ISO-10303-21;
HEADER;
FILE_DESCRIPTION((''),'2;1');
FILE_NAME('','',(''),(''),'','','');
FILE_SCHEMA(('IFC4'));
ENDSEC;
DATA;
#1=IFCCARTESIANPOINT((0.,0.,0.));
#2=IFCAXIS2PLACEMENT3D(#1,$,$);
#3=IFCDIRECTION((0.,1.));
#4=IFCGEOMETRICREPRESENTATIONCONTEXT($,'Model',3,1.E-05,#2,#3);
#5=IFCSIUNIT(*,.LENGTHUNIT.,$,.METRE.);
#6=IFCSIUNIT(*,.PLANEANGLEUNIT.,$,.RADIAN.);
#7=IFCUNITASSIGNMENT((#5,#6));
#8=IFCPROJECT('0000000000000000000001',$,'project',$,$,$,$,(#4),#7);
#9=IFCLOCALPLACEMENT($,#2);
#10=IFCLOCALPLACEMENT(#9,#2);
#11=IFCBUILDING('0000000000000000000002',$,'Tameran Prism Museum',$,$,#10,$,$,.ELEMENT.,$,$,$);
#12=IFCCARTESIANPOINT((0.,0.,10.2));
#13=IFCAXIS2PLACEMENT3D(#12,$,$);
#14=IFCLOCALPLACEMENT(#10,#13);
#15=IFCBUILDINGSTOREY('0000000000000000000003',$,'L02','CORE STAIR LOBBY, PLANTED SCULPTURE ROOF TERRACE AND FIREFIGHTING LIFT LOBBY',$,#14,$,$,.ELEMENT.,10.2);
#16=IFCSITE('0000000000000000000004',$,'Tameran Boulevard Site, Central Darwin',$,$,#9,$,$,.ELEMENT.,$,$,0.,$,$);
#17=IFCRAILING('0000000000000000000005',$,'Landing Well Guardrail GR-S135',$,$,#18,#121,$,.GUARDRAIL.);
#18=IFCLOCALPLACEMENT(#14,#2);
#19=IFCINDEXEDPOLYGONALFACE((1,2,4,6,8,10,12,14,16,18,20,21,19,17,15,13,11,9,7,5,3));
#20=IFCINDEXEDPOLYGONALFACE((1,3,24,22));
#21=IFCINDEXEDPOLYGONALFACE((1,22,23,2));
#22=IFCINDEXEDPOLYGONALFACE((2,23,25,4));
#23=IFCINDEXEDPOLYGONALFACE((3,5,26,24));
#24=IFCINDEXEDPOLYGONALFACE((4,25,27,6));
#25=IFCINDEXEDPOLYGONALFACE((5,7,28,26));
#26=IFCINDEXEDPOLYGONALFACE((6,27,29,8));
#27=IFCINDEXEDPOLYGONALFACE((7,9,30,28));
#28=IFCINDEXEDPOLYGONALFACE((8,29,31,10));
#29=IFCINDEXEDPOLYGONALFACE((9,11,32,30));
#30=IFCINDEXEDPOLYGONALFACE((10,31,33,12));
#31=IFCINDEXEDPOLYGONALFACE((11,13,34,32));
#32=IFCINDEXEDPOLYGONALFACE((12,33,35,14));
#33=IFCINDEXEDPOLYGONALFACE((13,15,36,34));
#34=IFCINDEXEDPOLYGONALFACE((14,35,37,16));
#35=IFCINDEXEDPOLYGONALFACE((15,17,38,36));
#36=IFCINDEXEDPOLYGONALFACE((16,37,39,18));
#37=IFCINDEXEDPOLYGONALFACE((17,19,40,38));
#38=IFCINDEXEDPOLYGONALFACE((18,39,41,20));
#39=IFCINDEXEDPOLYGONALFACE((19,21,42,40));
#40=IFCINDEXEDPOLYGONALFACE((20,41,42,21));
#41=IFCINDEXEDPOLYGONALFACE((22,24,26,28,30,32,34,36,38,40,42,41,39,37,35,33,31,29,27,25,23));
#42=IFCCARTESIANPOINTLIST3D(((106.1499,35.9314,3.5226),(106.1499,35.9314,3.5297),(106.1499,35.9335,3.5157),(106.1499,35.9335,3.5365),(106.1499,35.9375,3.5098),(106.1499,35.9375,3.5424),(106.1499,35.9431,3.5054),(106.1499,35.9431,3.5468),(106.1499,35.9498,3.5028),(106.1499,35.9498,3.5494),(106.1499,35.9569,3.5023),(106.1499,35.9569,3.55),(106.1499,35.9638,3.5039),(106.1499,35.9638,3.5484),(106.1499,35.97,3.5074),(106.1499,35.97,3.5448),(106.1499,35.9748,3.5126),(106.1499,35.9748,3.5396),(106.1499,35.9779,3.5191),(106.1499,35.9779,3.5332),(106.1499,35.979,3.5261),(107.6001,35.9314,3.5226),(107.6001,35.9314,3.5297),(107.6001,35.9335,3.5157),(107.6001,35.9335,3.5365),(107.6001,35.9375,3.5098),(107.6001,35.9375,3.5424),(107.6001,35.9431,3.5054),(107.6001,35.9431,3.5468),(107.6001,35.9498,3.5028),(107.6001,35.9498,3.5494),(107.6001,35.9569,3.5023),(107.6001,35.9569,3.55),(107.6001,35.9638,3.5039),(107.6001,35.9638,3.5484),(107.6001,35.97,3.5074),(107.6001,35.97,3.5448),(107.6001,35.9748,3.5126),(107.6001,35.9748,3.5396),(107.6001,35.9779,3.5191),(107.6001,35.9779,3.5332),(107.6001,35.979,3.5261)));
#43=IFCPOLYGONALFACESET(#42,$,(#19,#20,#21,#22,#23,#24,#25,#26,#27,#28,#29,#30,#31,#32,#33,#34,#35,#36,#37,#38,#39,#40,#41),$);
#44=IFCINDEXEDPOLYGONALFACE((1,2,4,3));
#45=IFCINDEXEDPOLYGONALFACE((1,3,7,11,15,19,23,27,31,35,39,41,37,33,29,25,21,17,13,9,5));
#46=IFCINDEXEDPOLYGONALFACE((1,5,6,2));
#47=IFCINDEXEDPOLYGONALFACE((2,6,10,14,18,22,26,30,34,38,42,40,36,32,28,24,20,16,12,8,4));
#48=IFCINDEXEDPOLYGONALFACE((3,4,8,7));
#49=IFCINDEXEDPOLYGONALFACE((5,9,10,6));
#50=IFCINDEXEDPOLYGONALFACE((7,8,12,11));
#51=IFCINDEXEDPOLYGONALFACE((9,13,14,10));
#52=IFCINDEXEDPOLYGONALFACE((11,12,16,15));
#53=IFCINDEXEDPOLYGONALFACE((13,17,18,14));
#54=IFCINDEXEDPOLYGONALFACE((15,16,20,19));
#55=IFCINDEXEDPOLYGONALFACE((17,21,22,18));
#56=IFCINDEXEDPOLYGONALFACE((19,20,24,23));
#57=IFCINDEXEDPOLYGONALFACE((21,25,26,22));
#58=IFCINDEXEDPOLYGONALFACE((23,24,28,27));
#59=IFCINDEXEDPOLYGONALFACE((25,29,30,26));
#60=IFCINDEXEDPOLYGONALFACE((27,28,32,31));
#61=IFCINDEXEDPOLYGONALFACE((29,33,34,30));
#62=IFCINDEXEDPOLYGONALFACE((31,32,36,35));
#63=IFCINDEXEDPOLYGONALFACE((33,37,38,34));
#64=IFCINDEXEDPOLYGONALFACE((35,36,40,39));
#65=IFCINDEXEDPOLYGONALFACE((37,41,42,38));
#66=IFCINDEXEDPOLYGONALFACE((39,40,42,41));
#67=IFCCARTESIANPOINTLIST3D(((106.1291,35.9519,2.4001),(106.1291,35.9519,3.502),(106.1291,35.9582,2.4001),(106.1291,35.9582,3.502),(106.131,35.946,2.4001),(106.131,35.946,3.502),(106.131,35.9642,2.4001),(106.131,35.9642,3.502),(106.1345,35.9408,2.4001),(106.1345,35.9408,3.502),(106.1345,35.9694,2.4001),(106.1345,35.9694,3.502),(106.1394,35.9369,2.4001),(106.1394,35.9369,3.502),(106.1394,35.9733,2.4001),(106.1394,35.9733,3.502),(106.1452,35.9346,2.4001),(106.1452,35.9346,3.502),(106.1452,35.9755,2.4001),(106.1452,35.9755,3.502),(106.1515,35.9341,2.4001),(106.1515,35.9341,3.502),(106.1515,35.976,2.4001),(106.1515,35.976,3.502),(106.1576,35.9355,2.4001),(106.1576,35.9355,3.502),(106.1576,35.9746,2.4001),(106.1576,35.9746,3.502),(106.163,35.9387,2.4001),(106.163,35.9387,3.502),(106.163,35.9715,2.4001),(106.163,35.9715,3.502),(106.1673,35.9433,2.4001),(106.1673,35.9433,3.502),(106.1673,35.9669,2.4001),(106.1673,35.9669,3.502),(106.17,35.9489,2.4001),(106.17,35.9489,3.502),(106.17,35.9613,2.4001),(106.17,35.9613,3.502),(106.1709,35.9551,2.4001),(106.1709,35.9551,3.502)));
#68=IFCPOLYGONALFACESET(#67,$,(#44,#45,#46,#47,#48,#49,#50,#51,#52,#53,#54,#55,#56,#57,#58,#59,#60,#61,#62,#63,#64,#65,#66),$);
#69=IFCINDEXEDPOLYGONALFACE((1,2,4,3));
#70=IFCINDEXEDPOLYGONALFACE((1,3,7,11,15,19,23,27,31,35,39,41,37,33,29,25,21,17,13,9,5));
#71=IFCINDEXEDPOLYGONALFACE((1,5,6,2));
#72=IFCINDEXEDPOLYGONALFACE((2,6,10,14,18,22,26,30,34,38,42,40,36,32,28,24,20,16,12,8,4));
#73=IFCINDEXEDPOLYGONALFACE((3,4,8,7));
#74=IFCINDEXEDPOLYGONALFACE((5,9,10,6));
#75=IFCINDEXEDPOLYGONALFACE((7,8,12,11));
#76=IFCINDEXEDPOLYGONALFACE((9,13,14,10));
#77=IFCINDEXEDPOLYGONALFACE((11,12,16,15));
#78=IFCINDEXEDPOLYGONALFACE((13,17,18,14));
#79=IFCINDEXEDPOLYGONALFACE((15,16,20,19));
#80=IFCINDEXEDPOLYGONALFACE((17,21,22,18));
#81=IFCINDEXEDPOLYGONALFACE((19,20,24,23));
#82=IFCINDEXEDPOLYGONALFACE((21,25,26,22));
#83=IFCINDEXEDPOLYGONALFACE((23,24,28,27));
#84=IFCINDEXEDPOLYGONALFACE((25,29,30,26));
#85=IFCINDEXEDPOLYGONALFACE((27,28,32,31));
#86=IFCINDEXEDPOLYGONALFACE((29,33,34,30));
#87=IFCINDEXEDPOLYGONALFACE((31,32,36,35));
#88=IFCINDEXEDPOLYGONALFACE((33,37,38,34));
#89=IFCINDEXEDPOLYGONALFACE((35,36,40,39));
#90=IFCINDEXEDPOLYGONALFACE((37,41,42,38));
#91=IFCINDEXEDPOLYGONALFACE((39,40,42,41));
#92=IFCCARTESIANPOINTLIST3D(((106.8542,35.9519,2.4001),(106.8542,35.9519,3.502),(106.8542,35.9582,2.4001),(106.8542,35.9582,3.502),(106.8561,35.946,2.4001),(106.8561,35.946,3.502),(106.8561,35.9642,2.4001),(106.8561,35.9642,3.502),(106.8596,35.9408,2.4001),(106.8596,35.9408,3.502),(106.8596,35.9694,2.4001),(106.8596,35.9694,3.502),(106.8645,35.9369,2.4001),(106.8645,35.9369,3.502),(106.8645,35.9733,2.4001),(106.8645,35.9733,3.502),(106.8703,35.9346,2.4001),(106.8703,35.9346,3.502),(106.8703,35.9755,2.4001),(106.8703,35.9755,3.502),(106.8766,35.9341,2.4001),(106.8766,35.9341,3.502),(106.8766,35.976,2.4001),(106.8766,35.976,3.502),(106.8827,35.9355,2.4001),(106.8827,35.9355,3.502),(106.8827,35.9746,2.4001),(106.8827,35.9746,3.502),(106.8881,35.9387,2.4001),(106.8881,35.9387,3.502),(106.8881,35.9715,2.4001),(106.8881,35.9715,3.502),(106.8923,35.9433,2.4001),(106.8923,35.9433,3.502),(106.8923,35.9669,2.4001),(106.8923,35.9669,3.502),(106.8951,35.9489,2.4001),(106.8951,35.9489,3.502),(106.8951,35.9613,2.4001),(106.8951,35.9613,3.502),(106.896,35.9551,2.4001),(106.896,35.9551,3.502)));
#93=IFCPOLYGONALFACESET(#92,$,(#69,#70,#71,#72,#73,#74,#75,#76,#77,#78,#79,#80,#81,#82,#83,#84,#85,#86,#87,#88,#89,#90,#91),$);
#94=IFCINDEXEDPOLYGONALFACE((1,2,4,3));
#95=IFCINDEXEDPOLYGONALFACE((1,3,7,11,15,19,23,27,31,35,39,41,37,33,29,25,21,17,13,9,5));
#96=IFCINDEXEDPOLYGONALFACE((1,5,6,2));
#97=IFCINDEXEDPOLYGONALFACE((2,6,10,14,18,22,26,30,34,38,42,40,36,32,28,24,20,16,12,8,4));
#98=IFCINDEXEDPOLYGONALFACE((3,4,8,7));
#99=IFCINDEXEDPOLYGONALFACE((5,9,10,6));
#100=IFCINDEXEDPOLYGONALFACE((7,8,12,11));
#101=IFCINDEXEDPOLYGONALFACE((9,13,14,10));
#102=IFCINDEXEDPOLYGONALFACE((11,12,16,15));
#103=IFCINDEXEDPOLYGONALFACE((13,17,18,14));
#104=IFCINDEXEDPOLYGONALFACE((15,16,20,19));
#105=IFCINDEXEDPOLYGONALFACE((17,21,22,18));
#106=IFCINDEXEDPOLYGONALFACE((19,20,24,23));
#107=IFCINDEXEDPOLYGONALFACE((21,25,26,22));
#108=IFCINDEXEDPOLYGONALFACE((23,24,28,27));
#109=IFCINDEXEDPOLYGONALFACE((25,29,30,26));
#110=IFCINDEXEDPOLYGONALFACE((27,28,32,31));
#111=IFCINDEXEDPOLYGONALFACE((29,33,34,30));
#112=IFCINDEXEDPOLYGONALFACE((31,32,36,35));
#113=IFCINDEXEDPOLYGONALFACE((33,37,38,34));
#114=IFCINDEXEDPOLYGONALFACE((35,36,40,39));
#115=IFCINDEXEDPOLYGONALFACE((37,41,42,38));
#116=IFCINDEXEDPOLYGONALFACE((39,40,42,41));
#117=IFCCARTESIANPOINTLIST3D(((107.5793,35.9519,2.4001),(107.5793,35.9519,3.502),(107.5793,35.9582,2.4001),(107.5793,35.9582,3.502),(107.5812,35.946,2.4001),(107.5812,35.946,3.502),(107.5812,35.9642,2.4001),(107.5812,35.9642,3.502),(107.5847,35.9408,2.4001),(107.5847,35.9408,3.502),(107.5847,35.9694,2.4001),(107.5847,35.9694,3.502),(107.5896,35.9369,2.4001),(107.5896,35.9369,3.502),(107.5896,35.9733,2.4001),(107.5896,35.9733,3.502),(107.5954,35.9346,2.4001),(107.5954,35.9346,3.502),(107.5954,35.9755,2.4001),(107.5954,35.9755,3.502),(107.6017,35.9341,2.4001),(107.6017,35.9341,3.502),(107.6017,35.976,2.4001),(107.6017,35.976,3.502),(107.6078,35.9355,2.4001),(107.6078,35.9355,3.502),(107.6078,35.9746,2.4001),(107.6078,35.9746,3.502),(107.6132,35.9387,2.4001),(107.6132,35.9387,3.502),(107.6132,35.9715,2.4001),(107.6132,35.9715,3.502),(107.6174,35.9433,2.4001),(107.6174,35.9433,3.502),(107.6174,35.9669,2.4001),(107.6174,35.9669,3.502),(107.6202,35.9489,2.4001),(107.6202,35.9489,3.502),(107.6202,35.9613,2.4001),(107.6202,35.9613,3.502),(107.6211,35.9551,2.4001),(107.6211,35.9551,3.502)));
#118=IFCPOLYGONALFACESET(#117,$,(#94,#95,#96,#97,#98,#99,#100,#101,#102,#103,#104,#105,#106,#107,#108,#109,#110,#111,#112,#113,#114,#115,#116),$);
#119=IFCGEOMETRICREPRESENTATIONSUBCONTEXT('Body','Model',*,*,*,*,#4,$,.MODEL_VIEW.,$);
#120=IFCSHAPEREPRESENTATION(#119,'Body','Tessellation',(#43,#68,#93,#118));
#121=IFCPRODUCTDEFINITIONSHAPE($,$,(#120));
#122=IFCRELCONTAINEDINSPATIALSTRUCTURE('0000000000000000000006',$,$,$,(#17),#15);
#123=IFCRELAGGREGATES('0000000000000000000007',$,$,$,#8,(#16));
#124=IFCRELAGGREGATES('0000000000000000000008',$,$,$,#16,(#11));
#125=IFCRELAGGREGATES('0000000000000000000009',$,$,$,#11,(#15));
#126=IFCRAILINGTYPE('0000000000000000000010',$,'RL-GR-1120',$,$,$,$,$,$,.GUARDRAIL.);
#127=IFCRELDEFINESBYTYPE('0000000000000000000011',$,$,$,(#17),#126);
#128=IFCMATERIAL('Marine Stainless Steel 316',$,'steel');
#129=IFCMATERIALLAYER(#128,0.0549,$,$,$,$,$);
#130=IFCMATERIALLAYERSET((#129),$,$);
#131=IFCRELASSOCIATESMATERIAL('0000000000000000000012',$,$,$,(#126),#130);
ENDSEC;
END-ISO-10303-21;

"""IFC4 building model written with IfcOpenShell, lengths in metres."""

from ifc_helpers import new_model, si_unit, direction, frame, origin, origin_2d, place, context, subcontext, project, spatial, circle, extrude, material, layer, layer_set, type_object, element, save


model = new_model("IFC4")

# Units and contexts
model_context = context("Model", 3, precision=1e-05, world=origin(), true_north=direction((0.0, 1.0)))
body_context = subcontext(model_context, "Body", "Model", "MODEL_VIEW")
ifc_project = project(units=[si_unit("LENGTHUNIT", "METRE"), si_unit("PLANEANGLEUNIT", "RADIAN")], contexts=[model_context])

# Site, building, storey
site_placement = place(None, origin())
site = spatial("IfcSite", under=ifc_project, at=site_placement, Name="Tameran Boulevard Site, Central Darwin", CompositionType="ELEMENT", RefElevation=0.0)
building_placement = place(site_placement, origin())
building = spatial("IfcBuilding", under=site, at=building_placement, Name="Tameran Prism Museum", CompositionType="ELEMENT")
storey_placement = place(building_placement, frame((0.0, 0.0, 10.2)))
storey = spatial("IfcBuildingStorey", under=building, at=storey_placement, Name="L02", Description="CORE STAIR LOBBY, PLANTED SCULPTURE ROOF TERRACE AND FIREFIGHTING LIFT LOBBY", CompositionType="ELEMENT", Elevation=10.2)

# Railing
ifc_material_1 = material(Name="Marine Stainless Steel 316", Category="steel")
ifc_layer_1 = layer(ifc_material_1, 0.0549)
ifc_layer_set_1 = layer_set([ifc_layer_1])
railing_type_1 = type_object("IfcRailingType", Name="RL-GR-1120", PredefinedType="GUARDRAIL", material=ifc_layer_set_1)
railing_1_placement = place(storey_placement, frame((106.1499, 35.9551, 2.4001)))
element("IfcRailing", 1, at=railing_1_placement, inside=storey, type_object=railing_type_1, Name="Landing Well Guardrail GR-S135", PredefinedType="GUARDRAIL", context=body_context, shape_type="SweptSolid", body=[
    extrude(circle(Radius=0.0239, at=origin_2d()), frame((0.0, 0.0, 1.126), z_axis=(1.0, 0.0, 0.0), x_axis=(0.0, 1.0, 0.0)), (0.0, 0.0, 1.0), 1.4502),
    extrude(circle(Radius=0.021, at=origin_2d()), origin(), (0.0, 0.0, 1.0), 1.1018),
    extrude(circle(Radius=0.021, at=origin_2d()), frame((0.7251, 0.0, 0.0)), (0.0, 0.0, 1.0), 1.1018),
    extrude(circle(Radius=0.021, at=origin_2d()), frame((1.4502, 0.0, 0.0)), (0.0, 0.0, 1.0), 1.1018),
])

save(model, "model.ifc")
